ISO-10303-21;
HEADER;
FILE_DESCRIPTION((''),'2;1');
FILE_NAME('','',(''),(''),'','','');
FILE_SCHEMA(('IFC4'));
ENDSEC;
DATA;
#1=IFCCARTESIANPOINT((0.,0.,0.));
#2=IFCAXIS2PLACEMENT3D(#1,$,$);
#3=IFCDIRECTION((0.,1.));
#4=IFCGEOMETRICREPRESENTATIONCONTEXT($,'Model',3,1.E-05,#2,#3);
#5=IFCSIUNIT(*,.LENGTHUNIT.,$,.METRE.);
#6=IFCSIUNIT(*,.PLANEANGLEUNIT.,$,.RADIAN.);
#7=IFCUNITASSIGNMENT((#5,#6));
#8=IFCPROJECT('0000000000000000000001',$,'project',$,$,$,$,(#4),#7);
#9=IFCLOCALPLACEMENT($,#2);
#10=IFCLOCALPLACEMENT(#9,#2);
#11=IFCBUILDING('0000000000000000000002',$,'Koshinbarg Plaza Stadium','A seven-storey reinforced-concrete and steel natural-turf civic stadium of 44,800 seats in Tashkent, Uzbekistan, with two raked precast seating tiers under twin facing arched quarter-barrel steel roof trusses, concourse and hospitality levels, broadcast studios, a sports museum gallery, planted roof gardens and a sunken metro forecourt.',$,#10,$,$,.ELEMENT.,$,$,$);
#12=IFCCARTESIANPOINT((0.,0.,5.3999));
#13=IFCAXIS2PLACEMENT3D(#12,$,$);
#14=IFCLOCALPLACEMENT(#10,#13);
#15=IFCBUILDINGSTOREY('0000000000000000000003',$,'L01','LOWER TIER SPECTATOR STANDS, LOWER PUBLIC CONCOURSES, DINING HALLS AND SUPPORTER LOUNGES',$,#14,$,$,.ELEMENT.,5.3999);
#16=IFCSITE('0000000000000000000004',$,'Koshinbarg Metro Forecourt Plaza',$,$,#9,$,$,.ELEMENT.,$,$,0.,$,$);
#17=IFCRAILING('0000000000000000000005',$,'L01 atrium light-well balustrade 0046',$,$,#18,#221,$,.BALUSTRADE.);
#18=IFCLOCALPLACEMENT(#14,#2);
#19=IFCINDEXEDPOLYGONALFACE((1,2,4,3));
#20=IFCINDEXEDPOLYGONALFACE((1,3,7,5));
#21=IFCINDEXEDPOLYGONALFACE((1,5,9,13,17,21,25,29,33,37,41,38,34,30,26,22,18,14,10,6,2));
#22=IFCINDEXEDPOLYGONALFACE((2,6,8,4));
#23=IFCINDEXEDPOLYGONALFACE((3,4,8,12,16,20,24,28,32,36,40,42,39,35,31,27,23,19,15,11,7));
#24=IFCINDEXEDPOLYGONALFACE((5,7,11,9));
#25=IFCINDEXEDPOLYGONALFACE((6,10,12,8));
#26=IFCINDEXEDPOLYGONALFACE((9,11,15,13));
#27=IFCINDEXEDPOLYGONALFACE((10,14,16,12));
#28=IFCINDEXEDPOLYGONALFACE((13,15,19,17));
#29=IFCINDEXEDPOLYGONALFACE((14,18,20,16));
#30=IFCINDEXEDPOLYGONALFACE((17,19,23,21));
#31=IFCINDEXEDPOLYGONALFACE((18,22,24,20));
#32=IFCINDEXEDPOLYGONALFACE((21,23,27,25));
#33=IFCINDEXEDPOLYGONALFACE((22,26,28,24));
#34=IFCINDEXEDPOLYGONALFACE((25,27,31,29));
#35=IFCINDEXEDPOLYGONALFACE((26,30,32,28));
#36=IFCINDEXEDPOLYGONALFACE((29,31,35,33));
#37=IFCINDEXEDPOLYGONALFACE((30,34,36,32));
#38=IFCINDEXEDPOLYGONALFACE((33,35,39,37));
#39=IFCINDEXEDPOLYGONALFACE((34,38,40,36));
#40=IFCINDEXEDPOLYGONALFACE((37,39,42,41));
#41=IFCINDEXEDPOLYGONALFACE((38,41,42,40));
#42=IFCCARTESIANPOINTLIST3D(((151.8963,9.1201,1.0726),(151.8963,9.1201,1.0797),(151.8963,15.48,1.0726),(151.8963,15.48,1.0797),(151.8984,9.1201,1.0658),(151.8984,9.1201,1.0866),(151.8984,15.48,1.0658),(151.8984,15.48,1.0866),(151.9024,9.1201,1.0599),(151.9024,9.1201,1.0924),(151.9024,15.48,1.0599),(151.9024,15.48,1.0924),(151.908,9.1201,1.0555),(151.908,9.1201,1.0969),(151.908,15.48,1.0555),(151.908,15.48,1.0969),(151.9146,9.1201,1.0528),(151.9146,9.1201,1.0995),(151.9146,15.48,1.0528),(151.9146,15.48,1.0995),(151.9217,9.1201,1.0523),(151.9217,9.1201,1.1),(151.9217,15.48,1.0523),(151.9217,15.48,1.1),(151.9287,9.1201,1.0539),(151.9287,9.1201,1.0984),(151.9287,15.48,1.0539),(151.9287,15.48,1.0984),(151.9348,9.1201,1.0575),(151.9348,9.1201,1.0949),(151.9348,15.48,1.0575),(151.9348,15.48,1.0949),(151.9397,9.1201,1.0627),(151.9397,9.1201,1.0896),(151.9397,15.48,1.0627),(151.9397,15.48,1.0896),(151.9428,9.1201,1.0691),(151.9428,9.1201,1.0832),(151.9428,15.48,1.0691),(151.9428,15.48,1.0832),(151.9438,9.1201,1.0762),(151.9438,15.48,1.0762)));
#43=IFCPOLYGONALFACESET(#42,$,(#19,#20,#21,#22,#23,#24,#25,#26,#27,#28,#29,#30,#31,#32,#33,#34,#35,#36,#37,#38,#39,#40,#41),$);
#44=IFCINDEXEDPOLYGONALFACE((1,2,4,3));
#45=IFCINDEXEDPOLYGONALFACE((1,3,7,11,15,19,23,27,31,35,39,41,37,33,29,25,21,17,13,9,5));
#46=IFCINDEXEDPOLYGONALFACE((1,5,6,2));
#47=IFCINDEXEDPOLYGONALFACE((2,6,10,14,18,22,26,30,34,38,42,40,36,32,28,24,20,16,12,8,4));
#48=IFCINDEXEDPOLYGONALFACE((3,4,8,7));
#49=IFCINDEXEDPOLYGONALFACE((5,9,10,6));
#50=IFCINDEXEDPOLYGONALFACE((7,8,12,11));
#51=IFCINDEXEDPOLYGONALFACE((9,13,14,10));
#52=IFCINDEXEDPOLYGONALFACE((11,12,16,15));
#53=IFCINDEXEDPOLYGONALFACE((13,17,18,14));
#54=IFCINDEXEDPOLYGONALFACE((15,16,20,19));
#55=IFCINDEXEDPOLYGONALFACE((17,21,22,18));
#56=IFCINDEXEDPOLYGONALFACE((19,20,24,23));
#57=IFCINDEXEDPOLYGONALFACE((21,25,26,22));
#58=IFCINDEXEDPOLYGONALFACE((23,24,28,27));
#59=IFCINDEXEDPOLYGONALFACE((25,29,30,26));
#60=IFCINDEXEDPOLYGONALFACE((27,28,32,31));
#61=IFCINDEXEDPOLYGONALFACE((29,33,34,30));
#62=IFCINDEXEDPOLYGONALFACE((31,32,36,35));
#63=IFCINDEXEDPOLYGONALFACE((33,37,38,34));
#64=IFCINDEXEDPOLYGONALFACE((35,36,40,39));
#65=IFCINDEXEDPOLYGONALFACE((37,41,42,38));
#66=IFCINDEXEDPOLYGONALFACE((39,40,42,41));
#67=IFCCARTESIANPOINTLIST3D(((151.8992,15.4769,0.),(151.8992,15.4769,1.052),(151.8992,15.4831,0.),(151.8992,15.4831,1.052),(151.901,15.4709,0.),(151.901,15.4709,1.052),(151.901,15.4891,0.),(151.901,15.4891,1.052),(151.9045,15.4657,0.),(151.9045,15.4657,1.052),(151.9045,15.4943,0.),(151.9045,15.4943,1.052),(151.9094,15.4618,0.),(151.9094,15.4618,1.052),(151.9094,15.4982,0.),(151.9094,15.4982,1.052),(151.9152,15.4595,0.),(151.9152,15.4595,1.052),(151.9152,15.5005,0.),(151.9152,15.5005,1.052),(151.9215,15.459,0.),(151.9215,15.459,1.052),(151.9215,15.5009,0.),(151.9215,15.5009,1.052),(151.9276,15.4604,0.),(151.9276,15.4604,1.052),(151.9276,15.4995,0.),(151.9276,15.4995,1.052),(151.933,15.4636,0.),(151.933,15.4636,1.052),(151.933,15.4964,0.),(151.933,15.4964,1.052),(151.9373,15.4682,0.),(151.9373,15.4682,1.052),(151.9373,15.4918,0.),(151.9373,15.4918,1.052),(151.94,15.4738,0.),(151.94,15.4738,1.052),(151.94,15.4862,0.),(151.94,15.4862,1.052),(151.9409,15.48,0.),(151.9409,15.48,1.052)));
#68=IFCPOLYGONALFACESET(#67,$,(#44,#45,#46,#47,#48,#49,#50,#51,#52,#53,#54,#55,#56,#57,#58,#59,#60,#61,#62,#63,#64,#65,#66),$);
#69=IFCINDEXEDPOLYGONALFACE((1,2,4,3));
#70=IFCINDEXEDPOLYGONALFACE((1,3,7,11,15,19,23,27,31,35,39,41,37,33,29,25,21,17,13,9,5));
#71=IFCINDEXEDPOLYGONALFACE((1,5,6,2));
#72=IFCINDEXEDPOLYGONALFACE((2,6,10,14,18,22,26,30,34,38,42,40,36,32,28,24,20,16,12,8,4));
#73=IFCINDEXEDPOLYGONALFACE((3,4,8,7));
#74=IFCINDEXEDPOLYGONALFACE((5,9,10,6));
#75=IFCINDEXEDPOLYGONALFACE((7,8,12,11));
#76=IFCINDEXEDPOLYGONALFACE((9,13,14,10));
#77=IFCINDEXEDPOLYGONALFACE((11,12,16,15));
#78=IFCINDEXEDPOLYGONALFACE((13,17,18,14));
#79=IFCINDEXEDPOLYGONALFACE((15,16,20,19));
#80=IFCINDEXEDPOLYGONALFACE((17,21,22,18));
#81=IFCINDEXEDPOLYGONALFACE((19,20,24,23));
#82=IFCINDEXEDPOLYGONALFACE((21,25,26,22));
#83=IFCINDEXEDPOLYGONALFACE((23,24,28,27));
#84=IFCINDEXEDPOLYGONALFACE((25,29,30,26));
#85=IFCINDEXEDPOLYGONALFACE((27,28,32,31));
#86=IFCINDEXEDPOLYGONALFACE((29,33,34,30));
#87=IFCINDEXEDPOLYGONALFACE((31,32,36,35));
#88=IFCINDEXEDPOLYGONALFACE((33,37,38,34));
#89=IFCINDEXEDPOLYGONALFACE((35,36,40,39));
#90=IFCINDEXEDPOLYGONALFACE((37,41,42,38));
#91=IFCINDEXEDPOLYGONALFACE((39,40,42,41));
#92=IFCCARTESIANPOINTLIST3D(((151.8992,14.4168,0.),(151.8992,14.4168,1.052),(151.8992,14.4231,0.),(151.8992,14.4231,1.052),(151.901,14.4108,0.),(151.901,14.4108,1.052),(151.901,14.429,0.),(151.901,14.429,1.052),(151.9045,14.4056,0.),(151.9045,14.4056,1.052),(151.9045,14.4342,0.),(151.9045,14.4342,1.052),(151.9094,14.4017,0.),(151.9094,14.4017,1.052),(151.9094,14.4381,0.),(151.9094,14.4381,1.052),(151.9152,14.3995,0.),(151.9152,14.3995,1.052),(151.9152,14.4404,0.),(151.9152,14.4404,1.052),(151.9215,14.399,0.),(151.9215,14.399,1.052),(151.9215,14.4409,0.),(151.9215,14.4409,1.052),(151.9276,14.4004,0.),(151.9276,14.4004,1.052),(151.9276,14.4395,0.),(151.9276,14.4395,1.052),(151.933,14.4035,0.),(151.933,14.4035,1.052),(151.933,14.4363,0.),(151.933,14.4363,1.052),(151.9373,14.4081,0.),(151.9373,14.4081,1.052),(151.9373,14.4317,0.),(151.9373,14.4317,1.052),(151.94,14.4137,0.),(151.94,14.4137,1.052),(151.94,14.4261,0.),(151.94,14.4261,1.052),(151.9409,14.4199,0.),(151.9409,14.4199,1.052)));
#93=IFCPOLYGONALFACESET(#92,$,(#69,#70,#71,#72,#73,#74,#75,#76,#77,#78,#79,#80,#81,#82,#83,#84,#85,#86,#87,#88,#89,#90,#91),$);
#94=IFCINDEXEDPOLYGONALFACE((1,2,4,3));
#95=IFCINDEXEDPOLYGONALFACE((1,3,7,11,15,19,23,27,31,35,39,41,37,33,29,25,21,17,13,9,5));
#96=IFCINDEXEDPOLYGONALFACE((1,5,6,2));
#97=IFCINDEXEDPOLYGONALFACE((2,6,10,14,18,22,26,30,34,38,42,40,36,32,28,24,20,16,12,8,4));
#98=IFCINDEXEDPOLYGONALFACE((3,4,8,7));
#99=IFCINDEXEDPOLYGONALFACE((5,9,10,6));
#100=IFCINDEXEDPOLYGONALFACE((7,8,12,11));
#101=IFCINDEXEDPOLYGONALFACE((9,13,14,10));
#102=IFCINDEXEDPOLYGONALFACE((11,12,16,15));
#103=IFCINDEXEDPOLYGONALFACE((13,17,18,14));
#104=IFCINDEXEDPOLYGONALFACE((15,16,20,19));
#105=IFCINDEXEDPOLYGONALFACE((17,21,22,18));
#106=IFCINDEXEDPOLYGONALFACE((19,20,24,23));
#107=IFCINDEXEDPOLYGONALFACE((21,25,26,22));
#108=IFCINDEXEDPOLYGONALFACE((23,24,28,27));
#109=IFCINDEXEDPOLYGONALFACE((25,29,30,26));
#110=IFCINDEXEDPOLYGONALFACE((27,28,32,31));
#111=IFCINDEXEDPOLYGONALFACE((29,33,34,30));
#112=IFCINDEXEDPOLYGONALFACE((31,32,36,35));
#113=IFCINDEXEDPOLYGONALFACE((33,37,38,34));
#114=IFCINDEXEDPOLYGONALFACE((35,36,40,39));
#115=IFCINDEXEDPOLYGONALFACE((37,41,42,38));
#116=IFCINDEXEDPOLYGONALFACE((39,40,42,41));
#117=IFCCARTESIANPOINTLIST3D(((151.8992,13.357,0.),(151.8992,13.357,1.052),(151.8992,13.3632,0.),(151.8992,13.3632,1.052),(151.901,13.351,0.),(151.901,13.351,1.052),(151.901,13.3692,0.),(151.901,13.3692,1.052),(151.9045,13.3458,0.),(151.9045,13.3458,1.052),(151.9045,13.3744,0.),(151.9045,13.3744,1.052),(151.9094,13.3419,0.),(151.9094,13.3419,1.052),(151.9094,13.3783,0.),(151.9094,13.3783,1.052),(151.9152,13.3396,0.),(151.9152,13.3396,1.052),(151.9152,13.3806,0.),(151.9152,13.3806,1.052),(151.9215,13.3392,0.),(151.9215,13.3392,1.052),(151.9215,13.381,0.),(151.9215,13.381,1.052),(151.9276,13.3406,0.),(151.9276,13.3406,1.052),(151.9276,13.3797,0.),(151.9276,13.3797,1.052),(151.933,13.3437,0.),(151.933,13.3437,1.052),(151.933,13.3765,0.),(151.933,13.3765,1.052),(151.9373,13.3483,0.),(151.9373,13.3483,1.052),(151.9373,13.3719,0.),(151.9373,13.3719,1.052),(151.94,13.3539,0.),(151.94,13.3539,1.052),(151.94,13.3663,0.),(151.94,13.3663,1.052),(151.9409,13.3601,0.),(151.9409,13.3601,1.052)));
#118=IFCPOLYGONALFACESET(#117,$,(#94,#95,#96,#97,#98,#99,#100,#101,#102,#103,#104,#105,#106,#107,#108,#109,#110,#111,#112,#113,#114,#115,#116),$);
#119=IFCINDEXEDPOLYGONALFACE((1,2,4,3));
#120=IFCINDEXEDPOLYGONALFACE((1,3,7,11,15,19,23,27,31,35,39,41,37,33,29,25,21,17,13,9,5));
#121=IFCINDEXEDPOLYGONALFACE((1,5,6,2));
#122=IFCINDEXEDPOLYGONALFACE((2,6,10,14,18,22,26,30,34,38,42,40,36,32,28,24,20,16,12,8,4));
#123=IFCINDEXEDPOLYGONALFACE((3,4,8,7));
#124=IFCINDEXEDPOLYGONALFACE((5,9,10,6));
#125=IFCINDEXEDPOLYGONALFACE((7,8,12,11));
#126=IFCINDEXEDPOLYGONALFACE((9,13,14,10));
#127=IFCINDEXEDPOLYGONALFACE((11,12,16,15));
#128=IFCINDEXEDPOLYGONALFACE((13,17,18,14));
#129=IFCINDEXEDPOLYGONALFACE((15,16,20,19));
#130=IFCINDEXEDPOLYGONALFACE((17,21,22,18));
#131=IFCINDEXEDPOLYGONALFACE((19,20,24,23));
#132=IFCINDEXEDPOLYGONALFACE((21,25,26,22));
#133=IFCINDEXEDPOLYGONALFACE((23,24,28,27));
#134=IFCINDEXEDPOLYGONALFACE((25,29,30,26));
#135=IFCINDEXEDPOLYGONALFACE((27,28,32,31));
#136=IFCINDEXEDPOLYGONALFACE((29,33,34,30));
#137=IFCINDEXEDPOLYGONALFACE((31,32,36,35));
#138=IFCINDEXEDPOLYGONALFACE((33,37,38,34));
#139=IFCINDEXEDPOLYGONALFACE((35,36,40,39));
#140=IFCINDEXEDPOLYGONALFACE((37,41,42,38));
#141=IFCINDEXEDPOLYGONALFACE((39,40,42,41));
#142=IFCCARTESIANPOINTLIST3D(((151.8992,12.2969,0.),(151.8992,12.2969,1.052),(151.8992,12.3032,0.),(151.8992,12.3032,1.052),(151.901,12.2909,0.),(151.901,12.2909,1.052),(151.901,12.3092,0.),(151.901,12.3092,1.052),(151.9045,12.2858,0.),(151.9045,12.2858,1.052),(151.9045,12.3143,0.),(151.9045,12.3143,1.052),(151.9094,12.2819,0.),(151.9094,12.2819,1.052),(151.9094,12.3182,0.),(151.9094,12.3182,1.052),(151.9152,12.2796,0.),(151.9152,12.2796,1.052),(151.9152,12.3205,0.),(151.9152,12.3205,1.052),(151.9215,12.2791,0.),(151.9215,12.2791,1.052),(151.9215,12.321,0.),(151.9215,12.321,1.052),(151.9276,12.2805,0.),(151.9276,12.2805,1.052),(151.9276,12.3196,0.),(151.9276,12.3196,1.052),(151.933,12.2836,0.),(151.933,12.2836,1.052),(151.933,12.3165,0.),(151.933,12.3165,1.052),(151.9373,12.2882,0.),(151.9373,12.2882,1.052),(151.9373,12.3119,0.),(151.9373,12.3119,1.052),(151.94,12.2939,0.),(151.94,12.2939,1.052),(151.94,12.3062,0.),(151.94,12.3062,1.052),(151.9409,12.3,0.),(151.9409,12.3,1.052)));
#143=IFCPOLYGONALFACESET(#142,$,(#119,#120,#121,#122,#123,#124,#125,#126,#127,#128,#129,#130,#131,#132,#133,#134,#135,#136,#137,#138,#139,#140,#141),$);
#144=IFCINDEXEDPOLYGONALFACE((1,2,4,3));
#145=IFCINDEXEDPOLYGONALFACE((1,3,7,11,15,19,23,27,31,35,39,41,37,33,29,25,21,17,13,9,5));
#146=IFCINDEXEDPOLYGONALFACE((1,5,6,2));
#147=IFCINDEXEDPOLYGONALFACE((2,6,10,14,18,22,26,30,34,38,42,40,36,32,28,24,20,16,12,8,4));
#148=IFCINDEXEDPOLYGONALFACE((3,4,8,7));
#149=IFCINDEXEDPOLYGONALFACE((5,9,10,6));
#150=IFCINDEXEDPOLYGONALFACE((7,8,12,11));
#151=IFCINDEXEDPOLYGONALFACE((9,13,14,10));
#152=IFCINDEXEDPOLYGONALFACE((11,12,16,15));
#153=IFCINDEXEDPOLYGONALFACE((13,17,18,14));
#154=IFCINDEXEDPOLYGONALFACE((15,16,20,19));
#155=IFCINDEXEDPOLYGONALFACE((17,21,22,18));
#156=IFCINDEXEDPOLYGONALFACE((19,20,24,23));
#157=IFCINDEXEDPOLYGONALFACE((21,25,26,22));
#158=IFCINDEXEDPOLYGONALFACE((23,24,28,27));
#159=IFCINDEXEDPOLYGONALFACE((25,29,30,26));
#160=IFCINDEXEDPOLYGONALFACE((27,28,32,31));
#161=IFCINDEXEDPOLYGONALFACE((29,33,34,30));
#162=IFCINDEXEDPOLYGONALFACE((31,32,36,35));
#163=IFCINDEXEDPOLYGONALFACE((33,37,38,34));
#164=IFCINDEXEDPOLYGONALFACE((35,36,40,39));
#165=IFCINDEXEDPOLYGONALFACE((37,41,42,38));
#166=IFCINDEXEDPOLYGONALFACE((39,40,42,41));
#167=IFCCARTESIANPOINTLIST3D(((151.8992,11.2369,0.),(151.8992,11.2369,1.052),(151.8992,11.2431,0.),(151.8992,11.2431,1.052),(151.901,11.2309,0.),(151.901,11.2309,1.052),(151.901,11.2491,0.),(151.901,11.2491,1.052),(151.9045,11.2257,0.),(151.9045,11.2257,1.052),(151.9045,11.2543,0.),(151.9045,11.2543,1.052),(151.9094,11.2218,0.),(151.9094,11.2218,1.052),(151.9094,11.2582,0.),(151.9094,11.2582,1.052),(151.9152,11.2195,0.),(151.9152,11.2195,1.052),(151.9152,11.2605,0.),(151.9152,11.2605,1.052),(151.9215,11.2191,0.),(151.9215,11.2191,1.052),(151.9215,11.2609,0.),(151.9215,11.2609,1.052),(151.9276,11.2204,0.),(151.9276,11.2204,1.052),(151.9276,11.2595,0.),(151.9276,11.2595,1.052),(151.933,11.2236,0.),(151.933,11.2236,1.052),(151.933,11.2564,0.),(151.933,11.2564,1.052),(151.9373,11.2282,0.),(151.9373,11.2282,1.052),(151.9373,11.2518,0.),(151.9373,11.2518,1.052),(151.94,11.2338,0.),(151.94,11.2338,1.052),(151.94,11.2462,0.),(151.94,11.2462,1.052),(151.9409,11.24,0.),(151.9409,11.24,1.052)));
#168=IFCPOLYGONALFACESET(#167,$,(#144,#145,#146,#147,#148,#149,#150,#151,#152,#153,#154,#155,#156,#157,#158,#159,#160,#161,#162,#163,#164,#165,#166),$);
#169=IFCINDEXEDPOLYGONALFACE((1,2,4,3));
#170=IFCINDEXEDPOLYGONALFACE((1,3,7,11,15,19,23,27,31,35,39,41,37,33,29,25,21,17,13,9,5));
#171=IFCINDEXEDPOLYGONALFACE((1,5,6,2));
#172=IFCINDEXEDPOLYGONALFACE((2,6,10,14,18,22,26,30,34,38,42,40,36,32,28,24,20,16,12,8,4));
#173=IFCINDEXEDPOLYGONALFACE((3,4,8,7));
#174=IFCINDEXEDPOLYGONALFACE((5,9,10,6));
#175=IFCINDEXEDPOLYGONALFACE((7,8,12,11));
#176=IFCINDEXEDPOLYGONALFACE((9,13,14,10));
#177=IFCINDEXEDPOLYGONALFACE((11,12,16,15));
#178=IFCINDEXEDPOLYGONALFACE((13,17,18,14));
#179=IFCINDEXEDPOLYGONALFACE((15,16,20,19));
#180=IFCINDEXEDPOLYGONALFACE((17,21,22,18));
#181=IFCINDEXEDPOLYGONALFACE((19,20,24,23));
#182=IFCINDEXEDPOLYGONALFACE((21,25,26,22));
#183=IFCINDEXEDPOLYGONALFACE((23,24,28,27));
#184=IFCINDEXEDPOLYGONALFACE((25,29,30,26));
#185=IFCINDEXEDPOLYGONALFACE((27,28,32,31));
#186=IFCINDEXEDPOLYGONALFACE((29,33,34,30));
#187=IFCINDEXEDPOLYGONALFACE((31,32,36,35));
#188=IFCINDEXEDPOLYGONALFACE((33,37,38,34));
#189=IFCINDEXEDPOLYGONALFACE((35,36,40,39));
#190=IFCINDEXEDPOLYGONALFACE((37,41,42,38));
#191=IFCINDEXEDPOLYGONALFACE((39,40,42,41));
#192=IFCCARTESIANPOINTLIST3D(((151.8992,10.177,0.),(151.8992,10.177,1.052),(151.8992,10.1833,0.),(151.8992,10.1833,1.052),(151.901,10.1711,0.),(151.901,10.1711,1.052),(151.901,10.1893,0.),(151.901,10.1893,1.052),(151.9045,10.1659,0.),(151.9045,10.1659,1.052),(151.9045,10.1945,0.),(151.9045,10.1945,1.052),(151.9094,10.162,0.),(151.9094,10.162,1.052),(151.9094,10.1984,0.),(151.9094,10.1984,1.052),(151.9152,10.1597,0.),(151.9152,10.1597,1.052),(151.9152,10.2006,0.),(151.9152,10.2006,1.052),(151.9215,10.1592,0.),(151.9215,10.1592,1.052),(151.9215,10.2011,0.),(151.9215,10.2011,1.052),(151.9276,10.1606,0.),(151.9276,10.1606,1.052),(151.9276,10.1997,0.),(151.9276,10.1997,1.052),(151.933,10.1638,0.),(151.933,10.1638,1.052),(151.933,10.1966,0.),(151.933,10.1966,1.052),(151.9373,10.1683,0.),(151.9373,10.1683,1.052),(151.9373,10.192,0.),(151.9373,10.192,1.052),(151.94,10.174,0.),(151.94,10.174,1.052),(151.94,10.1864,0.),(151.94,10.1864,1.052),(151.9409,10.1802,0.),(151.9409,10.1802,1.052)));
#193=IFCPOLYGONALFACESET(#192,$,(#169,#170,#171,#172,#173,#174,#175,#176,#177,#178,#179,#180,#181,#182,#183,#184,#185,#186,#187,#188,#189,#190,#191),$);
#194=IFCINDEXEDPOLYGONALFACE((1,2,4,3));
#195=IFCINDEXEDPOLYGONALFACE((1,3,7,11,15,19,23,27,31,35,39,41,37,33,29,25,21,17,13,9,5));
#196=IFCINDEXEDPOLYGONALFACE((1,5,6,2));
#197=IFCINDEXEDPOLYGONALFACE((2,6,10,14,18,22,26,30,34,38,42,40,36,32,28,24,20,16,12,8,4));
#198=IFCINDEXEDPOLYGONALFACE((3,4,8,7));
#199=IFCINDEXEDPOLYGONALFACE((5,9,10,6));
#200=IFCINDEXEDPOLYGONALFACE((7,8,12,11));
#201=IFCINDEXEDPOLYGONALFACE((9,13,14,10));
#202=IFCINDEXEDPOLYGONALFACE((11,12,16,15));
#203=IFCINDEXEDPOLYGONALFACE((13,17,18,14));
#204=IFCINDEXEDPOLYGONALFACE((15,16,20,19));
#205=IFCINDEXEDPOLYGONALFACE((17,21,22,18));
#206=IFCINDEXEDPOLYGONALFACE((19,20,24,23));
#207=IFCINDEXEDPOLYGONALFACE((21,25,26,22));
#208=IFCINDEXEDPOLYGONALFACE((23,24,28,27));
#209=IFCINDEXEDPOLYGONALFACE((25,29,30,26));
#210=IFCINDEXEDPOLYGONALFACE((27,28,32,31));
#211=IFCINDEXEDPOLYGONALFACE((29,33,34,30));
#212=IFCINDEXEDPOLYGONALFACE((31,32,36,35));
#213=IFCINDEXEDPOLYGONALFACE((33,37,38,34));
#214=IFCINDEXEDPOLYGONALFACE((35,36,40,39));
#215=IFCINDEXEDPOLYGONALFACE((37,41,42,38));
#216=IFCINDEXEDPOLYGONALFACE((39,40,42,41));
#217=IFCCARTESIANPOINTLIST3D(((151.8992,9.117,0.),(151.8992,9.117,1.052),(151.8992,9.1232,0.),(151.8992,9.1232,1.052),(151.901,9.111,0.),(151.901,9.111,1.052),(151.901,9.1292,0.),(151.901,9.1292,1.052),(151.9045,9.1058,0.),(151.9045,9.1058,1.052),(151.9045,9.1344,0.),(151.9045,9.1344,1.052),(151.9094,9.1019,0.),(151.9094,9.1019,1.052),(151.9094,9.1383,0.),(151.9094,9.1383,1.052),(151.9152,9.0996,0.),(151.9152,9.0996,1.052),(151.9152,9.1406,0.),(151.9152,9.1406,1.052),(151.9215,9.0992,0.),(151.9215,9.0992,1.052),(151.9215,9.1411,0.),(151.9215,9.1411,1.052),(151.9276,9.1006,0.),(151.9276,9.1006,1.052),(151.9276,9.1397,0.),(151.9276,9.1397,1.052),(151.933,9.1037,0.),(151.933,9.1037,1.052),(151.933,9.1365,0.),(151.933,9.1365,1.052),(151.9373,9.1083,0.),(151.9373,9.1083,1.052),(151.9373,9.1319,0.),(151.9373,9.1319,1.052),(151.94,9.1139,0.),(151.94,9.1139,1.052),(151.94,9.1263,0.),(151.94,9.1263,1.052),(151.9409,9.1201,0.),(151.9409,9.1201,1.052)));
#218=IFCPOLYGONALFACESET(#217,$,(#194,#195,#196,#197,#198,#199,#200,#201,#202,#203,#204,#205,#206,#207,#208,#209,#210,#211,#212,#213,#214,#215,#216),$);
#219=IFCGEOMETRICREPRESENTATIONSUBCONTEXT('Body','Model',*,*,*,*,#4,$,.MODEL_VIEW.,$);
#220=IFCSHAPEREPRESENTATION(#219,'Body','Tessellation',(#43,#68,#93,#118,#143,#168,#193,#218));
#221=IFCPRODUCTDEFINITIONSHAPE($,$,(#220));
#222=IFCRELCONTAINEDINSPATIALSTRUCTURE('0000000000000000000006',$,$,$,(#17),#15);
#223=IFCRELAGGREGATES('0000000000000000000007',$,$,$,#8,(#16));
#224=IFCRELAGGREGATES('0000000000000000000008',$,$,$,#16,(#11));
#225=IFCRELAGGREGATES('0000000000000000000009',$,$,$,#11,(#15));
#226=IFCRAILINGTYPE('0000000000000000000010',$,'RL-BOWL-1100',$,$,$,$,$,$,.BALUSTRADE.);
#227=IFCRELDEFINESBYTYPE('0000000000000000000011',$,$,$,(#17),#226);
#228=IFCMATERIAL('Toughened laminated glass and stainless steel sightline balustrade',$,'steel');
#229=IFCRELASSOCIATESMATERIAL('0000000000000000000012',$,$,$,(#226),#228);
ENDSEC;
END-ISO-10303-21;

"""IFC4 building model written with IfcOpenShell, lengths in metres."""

from ifc_helpers import new_model, si_unit, direction, frame, origin, origin_2d, place, context, subcontext, project, spatial, circle, extrude, material, type_object, element, save


model = new_model("IFC4")

# Units and contexts
model_context = context("Model", 3, precision=1e-05, world=origin(), true_north=direction((0.0, 1.0)))
body_context = subcontext(model_context, "Body", "Model", "MODEL_VIEW")
ifc_project = project(units=[si_unit("LENGTHUNIT", "METRE"), si_unit("PLANEANGLEUNIT", "RADIAN")], contexts=[model_context])

# Site, building, storey
site_placement = place(None, origin())
site = spatial("IfcSite", under=ifc_project, at=site_placement, Name="Koshinbarg Metro Forecourt Plaza", CompositionType="ELEMENT", RefElevation=0.0)
building_placement = place(site_placement, origin())
building = spatial("IfcBuilding", under=site, at=building_placement, Name="Koshinbarg Plaza Stadium", Description="A seven-storey reinforced-concrete and steel natural-turf civic stadium of 44,800 seats in Tashkent, Uzbekistan, with two raked precast seating tiers under twin facing arched quarter-barrel steel roof trusses, concourse and hospitality levels, broadcast studios, a sports museum gallery, planted roof gardens and a sunken metro forecourt.", CompositionType="ELEMENT")
storey_placement = place(building_placement, frame((0.0, 0.0, 5.3999)))
storey = spatial("IfcBuildingStorey", under=building, at=storey_placement, Name="L01", Description="LOWER TIER SPECTATOR STANDS, LOWER PUBLIC CONCOURSES, DINING HALLS AND SUPPORTER LOUNGES", CompositionType="ELEMENT", Elevation=5.3999)

# Railing
ifc_material_1 = material(Name="Toughened laminated glass and stainless steel sightline balustrade", Category="steel")
railing_type = type_object("IfcRailingType", Name="RL-BOWL-1100", PredefinedType="BALUSTRADE", material=ifc_material_1)
railing_1_placement = place(storey_placement, frame((151.9199, 15.48, 0.0)))
element("IfcRailing", 1, at=railing_1_placement, inside=storey, type_object=railing_type, Name="L01 atrium light-well balustrade 0046", PredefinedType="BALUSTRADE", context=body_context, shape_type="SweptSolid", body=[
    extrude(circle(Radius=0.0239, at=origin_2d()), frame((0.0, 0.0, 1.0762), z_axis=(0.0, -1.0, 0.0), x_axis=(1.0, 0.0, 0.0)), (0.0, 0.0, 1.0), 6.3599),
    extrude(circle(Radius=0.021, at=origin_2d()), origin(), (0.0, 0.0, 1.0), 1.052),
    extrude(circle(Radius=0.021, at=origin_2d()), frame((0.0, -1.0601, 0.0)), (0.0, 0.0, 1.0), 1.052),
    extrude(circle(Radius=0.021, at=origin_2d()), frame((0.0, -2.1199, 0.0)), (0.0, 0.0, 1.0), 1.052),
    extrude(circle(Radius=0.021, at=origin_2d()), frame((0.0, -3.1799, 0.0)), (0.0, 0.0, 1.0), 1.052),
    extrude(circle(Radius=0.021, at=origin_2d()), frame((0.0, -4.24, 0.0)), (0.0, 0.0, 1.0), 1.052),
    extrude(circle(Radius=0.021, at=origin_2d()), frame((0.0, -5.2998, 0.0)), (0.0, 0.0, 1.0), 1.052),
    extrude(circle(Radius=0.021, at=origin_2d()), frame((0.0, -6.3599, 0.0)), (0.0, 0.0, 1.0), 1.052),
])

save(model, "model.ifc")
